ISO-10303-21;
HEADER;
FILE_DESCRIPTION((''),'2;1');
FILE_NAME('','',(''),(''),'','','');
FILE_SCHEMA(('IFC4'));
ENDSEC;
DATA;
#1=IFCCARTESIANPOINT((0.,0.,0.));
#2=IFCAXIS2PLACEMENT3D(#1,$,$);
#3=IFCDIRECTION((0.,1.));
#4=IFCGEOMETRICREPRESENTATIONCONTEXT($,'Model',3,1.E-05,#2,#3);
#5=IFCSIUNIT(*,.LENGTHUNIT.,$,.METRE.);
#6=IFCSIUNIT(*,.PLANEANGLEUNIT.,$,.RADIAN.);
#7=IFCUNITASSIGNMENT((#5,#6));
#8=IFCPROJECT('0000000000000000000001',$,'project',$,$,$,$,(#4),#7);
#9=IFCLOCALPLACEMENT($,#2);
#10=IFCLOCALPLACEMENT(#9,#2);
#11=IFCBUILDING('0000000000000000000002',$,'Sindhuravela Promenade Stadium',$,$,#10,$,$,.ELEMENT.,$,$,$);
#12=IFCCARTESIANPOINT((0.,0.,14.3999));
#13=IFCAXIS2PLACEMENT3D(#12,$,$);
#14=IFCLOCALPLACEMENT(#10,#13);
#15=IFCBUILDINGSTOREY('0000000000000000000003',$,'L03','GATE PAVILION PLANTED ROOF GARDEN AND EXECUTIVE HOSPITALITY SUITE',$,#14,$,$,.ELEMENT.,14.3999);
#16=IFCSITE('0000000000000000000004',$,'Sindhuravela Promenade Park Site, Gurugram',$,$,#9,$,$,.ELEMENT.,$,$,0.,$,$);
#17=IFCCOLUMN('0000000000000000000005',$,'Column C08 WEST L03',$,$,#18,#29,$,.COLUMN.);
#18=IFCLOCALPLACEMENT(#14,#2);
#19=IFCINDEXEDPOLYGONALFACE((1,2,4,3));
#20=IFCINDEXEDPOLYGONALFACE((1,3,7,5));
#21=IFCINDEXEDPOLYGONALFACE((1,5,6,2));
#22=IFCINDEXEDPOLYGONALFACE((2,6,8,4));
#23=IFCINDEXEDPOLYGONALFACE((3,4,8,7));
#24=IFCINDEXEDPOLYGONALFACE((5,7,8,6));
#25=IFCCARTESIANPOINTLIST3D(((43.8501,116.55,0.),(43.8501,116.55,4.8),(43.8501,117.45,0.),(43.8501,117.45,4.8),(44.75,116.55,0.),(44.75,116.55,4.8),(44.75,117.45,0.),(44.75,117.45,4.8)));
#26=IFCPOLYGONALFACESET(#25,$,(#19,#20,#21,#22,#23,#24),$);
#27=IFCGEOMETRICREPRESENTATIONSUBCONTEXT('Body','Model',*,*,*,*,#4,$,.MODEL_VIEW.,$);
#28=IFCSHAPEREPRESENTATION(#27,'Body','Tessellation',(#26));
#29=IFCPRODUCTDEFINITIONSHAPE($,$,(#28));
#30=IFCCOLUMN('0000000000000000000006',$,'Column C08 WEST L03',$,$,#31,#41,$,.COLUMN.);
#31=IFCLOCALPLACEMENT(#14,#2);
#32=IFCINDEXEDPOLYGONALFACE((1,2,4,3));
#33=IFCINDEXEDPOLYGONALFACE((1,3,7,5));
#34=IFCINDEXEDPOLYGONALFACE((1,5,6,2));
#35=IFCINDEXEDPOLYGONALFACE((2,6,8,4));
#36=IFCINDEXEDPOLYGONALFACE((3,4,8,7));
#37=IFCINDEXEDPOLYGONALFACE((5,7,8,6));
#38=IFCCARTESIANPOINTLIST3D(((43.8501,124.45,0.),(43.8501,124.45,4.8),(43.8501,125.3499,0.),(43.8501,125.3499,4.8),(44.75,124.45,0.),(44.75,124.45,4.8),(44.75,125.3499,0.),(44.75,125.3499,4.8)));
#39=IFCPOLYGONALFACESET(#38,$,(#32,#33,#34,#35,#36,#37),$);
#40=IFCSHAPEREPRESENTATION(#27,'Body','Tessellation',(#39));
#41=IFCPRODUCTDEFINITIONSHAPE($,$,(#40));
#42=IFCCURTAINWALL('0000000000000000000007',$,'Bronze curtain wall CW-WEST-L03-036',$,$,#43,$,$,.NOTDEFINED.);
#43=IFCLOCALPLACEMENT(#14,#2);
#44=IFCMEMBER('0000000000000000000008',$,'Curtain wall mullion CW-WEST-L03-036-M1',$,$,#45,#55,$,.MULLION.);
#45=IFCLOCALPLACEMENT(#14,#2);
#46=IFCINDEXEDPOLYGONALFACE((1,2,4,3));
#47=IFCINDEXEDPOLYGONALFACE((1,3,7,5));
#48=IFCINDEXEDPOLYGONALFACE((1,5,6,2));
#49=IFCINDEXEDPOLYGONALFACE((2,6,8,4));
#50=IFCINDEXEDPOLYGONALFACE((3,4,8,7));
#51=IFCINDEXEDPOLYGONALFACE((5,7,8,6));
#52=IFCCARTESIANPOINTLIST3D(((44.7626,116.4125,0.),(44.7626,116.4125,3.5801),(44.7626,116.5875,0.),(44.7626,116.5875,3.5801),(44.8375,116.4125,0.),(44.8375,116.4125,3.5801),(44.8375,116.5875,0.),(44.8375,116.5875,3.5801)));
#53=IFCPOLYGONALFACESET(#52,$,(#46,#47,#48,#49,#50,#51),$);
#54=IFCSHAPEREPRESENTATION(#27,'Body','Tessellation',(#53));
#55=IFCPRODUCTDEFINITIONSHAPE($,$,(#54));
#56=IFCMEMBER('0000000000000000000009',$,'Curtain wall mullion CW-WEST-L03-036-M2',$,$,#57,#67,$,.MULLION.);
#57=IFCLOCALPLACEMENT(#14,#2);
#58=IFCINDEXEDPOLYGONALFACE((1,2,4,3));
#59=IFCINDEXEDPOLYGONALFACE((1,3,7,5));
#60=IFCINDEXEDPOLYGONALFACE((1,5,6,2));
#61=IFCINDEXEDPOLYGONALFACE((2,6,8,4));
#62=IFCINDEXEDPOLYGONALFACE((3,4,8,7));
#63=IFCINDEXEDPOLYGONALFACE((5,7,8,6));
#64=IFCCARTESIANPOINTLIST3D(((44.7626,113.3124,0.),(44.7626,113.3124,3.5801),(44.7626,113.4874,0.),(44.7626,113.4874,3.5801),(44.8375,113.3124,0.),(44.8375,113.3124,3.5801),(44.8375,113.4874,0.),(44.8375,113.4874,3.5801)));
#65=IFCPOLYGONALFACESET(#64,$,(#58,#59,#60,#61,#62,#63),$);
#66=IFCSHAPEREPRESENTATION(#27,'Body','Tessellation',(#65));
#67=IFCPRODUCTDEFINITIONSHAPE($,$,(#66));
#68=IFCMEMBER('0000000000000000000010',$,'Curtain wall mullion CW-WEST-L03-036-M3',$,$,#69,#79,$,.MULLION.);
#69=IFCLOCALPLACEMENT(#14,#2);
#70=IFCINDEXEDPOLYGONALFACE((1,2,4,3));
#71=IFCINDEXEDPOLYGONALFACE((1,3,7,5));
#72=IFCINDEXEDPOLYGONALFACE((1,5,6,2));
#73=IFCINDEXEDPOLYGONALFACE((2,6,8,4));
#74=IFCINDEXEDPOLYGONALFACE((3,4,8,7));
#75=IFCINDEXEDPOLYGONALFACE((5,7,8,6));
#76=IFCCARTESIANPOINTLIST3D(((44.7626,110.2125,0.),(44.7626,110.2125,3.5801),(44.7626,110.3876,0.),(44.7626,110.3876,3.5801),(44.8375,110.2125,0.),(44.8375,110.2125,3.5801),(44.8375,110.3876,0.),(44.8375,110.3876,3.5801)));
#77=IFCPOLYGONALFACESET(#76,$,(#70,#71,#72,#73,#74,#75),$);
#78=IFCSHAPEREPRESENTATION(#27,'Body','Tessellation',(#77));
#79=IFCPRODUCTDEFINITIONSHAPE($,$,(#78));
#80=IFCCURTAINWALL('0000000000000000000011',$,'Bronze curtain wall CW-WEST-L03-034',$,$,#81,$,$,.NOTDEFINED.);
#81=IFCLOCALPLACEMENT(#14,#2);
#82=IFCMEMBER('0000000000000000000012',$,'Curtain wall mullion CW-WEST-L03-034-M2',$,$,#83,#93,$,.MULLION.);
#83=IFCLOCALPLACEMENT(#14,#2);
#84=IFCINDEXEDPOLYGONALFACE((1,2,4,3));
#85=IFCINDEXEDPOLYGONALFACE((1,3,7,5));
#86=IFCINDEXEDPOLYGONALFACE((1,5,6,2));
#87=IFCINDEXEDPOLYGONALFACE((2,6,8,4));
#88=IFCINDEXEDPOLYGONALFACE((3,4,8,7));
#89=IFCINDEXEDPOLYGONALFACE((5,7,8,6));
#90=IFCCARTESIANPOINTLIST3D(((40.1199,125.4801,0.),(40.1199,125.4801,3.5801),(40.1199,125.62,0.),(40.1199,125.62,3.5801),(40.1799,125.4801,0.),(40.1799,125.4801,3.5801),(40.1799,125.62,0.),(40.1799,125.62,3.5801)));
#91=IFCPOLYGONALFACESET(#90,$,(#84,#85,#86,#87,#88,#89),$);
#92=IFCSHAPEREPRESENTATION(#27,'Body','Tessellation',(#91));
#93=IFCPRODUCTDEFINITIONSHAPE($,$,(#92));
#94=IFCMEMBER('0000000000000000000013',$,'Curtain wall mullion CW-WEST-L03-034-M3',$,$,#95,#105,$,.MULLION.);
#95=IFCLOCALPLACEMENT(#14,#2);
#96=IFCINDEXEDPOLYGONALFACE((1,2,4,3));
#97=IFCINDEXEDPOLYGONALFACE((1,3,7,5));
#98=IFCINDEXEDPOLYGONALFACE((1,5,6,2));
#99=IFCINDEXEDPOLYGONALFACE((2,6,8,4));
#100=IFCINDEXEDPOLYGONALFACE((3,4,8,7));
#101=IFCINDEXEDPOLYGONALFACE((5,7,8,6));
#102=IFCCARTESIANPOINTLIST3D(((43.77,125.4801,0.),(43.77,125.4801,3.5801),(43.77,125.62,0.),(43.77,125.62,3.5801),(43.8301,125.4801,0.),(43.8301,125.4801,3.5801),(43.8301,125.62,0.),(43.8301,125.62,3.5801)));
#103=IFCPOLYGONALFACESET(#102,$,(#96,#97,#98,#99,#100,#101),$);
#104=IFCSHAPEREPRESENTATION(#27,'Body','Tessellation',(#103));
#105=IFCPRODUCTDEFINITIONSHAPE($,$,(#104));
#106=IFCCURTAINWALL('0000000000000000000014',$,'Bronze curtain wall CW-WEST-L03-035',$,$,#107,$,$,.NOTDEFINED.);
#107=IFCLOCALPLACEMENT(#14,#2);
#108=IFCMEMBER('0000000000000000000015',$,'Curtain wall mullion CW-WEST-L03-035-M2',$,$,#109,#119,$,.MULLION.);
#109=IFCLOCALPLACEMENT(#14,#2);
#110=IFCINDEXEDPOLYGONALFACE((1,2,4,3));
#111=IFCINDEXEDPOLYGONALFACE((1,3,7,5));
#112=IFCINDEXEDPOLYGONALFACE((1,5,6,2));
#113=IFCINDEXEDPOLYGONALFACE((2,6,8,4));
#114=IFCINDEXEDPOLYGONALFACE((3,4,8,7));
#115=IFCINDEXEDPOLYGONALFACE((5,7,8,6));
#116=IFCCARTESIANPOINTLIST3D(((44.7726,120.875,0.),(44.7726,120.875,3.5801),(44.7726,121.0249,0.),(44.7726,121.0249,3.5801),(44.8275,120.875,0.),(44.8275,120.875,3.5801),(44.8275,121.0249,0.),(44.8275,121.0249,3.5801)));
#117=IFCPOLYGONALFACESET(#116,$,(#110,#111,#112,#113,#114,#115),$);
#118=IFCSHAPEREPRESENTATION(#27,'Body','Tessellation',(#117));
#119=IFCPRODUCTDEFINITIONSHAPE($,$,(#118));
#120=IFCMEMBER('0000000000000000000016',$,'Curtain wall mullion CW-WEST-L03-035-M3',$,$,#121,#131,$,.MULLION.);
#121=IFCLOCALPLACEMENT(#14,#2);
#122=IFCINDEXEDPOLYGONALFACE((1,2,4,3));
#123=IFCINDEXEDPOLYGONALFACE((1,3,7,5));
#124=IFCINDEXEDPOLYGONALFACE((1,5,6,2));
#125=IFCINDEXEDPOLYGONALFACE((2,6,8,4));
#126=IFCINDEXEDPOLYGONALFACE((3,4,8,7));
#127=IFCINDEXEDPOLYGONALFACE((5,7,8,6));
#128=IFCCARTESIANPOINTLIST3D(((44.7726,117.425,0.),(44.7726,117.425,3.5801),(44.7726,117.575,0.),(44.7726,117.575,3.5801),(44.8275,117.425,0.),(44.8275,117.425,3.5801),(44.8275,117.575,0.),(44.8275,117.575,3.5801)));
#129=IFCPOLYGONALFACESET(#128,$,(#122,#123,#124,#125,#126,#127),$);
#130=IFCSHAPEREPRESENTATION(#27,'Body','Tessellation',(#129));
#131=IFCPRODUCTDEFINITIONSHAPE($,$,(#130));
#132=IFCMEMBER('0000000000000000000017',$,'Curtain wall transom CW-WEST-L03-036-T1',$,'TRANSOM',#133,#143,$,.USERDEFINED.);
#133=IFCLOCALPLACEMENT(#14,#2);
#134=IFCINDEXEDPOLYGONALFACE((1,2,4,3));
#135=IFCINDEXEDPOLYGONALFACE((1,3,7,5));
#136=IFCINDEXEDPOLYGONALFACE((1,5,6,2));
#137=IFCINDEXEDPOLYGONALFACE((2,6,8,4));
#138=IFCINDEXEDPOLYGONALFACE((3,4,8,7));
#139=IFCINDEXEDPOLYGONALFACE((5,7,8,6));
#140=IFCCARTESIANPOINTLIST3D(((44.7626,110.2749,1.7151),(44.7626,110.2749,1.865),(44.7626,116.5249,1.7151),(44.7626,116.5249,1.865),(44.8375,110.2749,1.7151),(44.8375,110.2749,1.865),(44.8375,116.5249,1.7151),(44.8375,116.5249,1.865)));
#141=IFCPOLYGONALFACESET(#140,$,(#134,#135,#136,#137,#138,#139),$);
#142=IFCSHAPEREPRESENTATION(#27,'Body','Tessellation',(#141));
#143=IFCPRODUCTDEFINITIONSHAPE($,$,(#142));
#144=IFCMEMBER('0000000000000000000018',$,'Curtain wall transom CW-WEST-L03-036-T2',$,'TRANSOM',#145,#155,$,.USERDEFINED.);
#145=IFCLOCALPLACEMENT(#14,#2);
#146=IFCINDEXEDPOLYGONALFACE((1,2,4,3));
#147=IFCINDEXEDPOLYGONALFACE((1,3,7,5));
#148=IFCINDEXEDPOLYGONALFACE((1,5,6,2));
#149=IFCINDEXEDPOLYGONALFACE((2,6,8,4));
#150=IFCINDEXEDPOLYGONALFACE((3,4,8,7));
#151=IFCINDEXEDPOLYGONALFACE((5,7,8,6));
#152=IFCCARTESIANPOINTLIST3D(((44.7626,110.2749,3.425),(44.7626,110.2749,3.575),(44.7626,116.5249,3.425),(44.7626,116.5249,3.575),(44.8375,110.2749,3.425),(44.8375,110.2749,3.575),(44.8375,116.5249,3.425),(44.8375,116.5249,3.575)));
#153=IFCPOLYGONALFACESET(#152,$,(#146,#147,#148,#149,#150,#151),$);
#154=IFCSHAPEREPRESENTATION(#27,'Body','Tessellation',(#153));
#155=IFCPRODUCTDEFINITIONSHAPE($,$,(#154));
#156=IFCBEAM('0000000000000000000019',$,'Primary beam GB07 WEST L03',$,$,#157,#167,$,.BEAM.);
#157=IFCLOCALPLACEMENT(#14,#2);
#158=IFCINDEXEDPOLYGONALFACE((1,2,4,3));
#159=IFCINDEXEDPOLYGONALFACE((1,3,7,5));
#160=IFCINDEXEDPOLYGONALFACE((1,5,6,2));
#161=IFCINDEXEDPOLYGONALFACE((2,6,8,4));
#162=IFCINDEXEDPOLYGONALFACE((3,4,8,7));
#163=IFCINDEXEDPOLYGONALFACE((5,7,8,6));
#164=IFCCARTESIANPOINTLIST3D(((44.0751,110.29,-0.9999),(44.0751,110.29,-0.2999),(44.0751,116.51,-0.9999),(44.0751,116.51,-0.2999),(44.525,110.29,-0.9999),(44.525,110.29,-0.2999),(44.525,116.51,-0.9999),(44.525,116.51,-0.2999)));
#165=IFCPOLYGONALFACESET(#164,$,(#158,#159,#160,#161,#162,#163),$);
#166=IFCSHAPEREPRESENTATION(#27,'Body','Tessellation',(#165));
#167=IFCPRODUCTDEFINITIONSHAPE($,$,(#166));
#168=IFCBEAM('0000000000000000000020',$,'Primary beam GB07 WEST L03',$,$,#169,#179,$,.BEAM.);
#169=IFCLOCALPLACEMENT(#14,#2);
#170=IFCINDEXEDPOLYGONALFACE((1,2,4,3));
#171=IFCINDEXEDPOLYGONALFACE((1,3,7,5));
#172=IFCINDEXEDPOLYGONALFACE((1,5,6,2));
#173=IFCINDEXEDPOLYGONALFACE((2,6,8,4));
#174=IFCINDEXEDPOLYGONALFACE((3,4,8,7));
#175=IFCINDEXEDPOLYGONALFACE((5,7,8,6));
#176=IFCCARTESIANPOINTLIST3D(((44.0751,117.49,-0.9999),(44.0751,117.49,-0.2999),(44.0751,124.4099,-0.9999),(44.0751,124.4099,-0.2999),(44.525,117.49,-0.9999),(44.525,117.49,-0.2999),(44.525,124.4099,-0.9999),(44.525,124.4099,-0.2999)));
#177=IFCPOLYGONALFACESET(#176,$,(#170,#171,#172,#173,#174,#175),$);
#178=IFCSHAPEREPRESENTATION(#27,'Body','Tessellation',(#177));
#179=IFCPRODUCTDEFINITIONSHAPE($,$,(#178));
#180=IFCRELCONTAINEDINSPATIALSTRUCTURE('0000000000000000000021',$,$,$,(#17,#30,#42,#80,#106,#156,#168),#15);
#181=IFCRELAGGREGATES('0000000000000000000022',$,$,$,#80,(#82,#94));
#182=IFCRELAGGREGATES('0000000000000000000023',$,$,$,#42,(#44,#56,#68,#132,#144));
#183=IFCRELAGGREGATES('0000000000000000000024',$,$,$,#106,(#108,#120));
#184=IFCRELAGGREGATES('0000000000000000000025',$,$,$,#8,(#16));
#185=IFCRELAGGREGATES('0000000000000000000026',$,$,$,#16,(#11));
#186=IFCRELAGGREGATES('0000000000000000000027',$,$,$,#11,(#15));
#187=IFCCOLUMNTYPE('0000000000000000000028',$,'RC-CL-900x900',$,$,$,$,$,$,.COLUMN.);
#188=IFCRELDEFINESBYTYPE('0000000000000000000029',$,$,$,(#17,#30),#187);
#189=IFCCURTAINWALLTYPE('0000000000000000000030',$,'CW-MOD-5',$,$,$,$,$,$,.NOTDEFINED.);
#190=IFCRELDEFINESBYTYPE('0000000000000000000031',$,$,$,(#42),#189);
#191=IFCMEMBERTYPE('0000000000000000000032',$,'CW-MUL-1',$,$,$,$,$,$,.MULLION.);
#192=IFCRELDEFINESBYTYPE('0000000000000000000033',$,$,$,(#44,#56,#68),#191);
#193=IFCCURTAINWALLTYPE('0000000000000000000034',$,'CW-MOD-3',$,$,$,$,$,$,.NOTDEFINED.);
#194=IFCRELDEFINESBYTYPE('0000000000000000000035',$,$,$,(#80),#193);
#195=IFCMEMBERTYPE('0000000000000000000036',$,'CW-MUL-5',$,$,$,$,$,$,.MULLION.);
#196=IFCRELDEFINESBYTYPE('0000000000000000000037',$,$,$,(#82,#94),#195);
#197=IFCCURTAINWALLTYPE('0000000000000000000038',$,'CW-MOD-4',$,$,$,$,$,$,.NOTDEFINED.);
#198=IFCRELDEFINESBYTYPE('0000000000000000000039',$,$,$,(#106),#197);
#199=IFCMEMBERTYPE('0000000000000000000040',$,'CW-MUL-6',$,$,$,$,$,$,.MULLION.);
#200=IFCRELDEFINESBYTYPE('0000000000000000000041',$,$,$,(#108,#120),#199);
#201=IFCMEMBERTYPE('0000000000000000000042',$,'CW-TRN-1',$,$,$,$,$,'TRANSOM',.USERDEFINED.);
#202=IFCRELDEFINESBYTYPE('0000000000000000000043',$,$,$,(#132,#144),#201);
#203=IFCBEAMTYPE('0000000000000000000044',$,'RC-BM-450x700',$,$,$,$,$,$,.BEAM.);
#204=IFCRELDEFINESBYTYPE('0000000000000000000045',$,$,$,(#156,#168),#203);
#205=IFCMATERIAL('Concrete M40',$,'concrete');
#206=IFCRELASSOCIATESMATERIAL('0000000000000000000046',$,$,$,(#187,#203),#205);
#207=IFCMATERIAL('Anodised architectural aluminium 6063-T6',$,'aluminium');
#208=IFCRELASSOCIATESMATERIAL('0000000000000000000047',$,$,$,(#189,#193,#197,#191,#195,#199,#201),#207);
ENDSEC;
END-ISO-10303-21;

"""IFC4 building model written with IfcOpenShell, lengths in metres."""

from ifc_helpers import new_model, si_unit, direction, frame, origin, origin_2d, place, context, subcontext, project, spatial, rectangle, extrude, material, material_profile, profile_set, type_object, element, aggregate, save


model = new_model("IFC4")

# Units and contexts
model_context = context("Model", 3, precision=1e-05, world=origin(), true_north=direction((0.0, 1.0)))
body_context = subcontext(model_context, "Body", "Model", "MODEL_VIEW")
ifc_project = project(units=[si_unit("LENGTHUNIT", "METRE"), si_unit("PLANEANGLEUNIT", "RADIAN")], contexts=[model_context])

# Site, building, storey
site_placement = place(None, origin())
site = spatial("IfcSite", under=ifc_project, at=site_placement, Name="Sindhuravela Promenade Park Site, Gurugram", CompositionType="ELEMENT", RefElevation=0.0)
building_placement = place(site_placement, origin())
building = spatial("IfcBuilding", under=site, at=building_placement, Name="Sindhuravela Promenade Stadium", CompositionType="ELEMENT")
storey_placement = place(building_placement, frame((0.0, 0.0, 14.3999)))
storey = spatial("IfcBuildingStorey", under=building, at=storey_placement, Name="L03", Description="GATE PAVILION PLANTED ROOF GARDEN AND EXECUTIVE HOSPITALITY SUITE", CompositionType="ELEMENT", Elevation=14.3999)

# Columns
ifc_material_1 = material(Name="Concrete M40", Category="concrete")
ifc_material_profile_1 = material_profile(ifc_material_1, rectangle(XDim=0.8999, YDim=0.8999, at=origin_2d()), Name="RC 900x900")
ifc_profile_set_1 = profile_set([ifc_material_profile_1], Name="Concrete M40")
column_type = type_object("IfcColumnType", Name="RC-CL-900x900", PredefinedType="COLUMN", material=ifc_profile_set_1)
for number, where, z_axis, x_axis, name in (
    (1, (44.3, 117.0, 0.0), (0.0, 0.0, 1.0), (1.0, 0.0, 0.0), "Column C08 WEST L03"),
    (2, (44.3, 124.8999, 0.0), (0.0, 0.0, 1.0), (1.0, 0.0, 0.0), "Column C08 WEST L03"),
):
    element("IfcColumn", number, at=place(storey_placement, frame(where, z_axis=z_axis, x_axis=x_axis)), inside=storey, type_object=column_type, Name=name, PredefinedType="COLUMN", context=body_context, shape_type="SweptSolid", body=[
        extrude(rectangle(XDim=0.8999, YDim=0.8999, at=origin_2d()), origin(), (0.0, 0.0, 1.0), 4.8),
    ])

# Curtain walls, members
ifc_material_2 = material(Name="Anodised architectural aluminium 6063-T6", Category="aluminium")
curtain_wall_type_1 = type_object("IfcCurtainWallType", Name="CW-MOD-5", PredefinedType="NOTDEFINED", material=ifc_material_2)
curtain_wall_1_placement = place(storey_placement, origin())
curtain_wall_1 = element("IfcCurtainWall", 3, at=curtain_wall_1_placement, inside=storey, type_object=curtain_wall_type_1, Name="Bronze curtain wall CW-WEST-L03-036", PredefinedType="NOTDEFINED")
ifc_material_profile_2 = material_profile(ifc_material_2, rectangle(XDim=0.075, YDim=0.175, at=origin_2d()), Name="ALU MULL 75x175")
ifc_profile_set_2 = profile_set([ifc_material_profile_2], Name="Anodised architectural aluminium 6063-T6")
member_type_1 = type_object("IfcMemberType", Name="CW-MUL-1", PredefinedType="MULLION", material=ifc_profile_set_2)
member_1_placement = place(storey_placement, frame((44.8, 116.5, 0.0), z_axis=(0.0, 0.0, 1.0), x_axis=(1.0, 0.0, 0.0)))
member_1 = element("IfcMember", 4, at=member_1_placement, type_object=member_type_1, Name="Curtain wall mullion CW-WEST-L03-036-M1", PredefinedType="MULLION", context=body_context, shape_type="SweptSolid", body=[
    extrude(rectangle(XDim=0.075, YDim=0.175, at=origin_2d()), origin(), (0.0, 0.0, 1.0), 3.5801),
])
member_2_placement = place(storey_placement, frame((44.8, 113.3999, 0.0), z_axis=(0.0, 0.0, 1.0), x_axis=(1.0, 0.0, 0.0)))
member_2 = element("IfcMember", 5, at=member_2_placement, type_object=member_type_1, Name="Curtain wall mullion CW-WEST-L03-036-M2", PredefinedType="MULLION", context=body_context, shape_type="SweptSolid", body=[
    extrude(rectangle(XDim=0.075, YDim=0.175, at=origin_2d()), origin(), (0.0, 0.0, 1.0), 3.5801),
])
member_3_placement = place(storey_placement, frame((44.8, 110.3, 0.0), z_axis=(0.0, 0.0, 1.0), x_axis=(1.0, 0.0, 0.0)))
member_3 = element("IfcMember", 6, at=member_3_placement, type_object=member_type_1, Name="Curtain wall mullion CW-WEST-L03-036-M3", PredefinedType="MULLION", context=body_context, shape_type="SweptSolid", body=[
    extrude(rectangle(XDim=0.075, YDim=0.175, at=origin_2d()), origin(), (0.0, 0.0, 1.0), 3.5801),
])
curtain_wall_type_2 = type_object("IfcCurtainWallType", Name="CW-MOD-3", PredefinedType="NOTDEFINED", material=ifc_material_2)
curtain_wall_2_placement = place(storey_placement, origin())
curtain_wall_2 = element("IfcCurtainWall", 7, at=curtain_wall_2_placement, inside=storey, type_object=curtain_wall_type_2, Name="Bronze curtain wall CW-WEST-L03-034", PredefinedType="NOTDEFINED")
ifc_material_profile_3 = material_profile(ifc_material_2, rectangle(XDim=0.0601, YDim=0.1399, at=origin_2d()), Name="ALU M60x140")
ifc_profile_set_3 = profile_set([ifc_material_profile_3], Name="Anodised architectural aluminium 6063-T6")
member_type_2 = type_object("IfcMemberType", Name="CW-MUL-5", PredefinedType="MULLION", material=ifc_profile_set_3)
member_4_placement = place(storey_placement, frame((40.1499, 125.55, 0.0), z_axis=(0.0, 0.0, 1.0), x_axis=(1.0, 0.0, 0.0)))
member_4 = element("IfcMember", 8, at=member_4_placement, type_object=member_type_2, Name="Curtain wall mullion CW-WEST-L03-034-M2", PredefinedType="MULLION", context=body_context, shape_type="SweptSolid", body=[
    extrude(rectangle(XDim=0.0601, YDim=0.1399, at=origin_2d()), origin(), (0.0, 0.0, 1.0), 3.5801),
])
member_5_placement = place(storey_placement, frame((43.8, 125.55, 0.0), z_axis=(0.0, 0.0, 1.0), x_axis=(1.0, 0.0, 0.0)))
member_5 = element("IfcMember", 9, at=member_5_placement, type_object=member_type_2, Name="Curtain wall mullion CW-WEST-L03-034-M3", PredefinedType="MULLION", context=body_context, shape_type="SweptSolid", body=[
    extrude(rectangle(XDim=0.0601, YDim=0.1399, at=origin_2d()), origin(), (0.0, 0.0, 1.0), 3.5801),
])
curtain_wall_type_3 = type_object("IfcCurtainWallType", Name="CW-MOD-4", PredefinedType="NOTDEFINED", material=ifc_material_2)
curtain_wall_3_placement = place(storey_placement, origin())
curtain_wall_3 = element("IfcCurtainWall", 10, at=curtain_wall_3_placement, inside=storey, type_object=curtain_wall_type_3, Name="Bronze curtain wall CW-WEST-L03-035", PredefinedType="NOTDEFINED")
ifc_material_profile_4 = material_profile(ifc_material_2, rectangle(XDim=0.0549, YDim=0.1499, at=origin_2d()), Name="ALU M55x150")
ifc_profile_set_4 = profile_set([ifc_material_profile_4], Name="Anodised architectural aluminium 6063-T6")
member_type_3 = type_object("IfcMemberType", Name="CW-MUL-6", PredefinedType="MULLION", material=ifc_profile_set_4)
member_6_placement = place(storey_placement, frame((44.8, 120.95, 0.0), z_axis=(0.0, 0.0, 1.0), x_axis=(1.0, 0.0, 0.0)))
member_6 = element("IfcMember", 11, at=member_6_placement, type_object=member_type_3, Name="Curtain wall mullion CW-WEST-L03-035-M2", PredefinedType="MULLION", context=body_context, shape_type="SweptSolid", body=[
    extrude(rectangle(XDim=0.0549, YDim=0.1499, at=origin_2d()), origin(), (0.0, 0.0, 1.0), 3.5801),
])
member_7_placement = place(storey_placement, frame((44.8, 117.5, 0.0), z_axis=(0.0, 0.0, 1.0), x_axis=(1.0, 0.0, 0.0)))
member_7 = element("IfcMember", 12, at=member_7_placement, type_object=member_type_3, Name="Curtain wall mullion CW-WEST-L03-035-M3", PredefinedType="MULLION", context=body_context, shape_type="SweptSolid", body=[
    extrude(rectangle(XDim=0.0549, YDim=0.1499, at=origin_2d()), origin(), (0.0, 0.0, 1.0), 3.5801),
])

# Members
ifc_material_profile_5 = material_profile(ifc_material_2, rectangle(XDim=0.075, YDim=0.1499, at=origin_2d()), Name="ALU TRAN 75x150")
ifc_profile_set_5 = profile_set([ifc_material_profile_5], Name="Anodised architectural aluminium 6063-T6")
member_type_4 = type_object("IfcMemberType", Name="CW-TRN-1", ElementType="TRANSOM", PredefinedType="USERDEFINED", material=ifc_profile_set_5)
member_8_placement = place(storey_placement, frame((44.8, 116.5249, 1.79), z_axis=(0.0, -1.0, 0.0), x_axis=(1.0, 0.0, 0.0)))
member_8 = element("IfcMember", 13, at=member_8_placement, type_object=member_type_4, Name="Curtain wall transom CW-WEST-L03-036-T1", ObjectType="TRANSOM", PredefinedType="USERDEFINED", context=body_context, shape_type="SweptSolid", body=[
    extrude(rectangle(XDim=0.075, YDim=0.1499, at=origin_2d()), origin(), (0.0, 0.0, 1.0), 6.25),
])
member_9_placement = place(storey_placement, frame((44.8, 116.5249, 3.5), z_axis=(0.0, -1.0, 0.0), x_axis=(1.0, 0.0, 0.0)))
member_9 = element("IfcMember", 14, at=member_9_placement, type_object=member_type_4, Name="Curtain wall transom CW-WEST-L03-036-T2", ObjectType="TRANSOM", PredefinedType="USERDEFINED", context=body_context, shape_type="SweptSolid", body=[
    extrude(rectangle(XDim=0.075, YDim=0.1499, at=origin_2d()), origin(), (0.0, 0.0, 1.0), 6.25),
])

# Beams
ifc_material_profile_6 = material_profile(ifc_material_1, rectangle(XDim=0.45, YDim=0.7, at=origin_2d()), Name="RC 450x700")
ifc_profile_set_6 = profile_set([ifc_material_profile_6], Name="Concrete M40")
beam_type_1 = type_object("IfcBeamType", Name="RC-BM-450x700", PredefinedType="BEAM", material=ifc_profile_set_6)
beam_1_placement = place(storey_placement, frame((44.3, 110.29, -0.6499), z_axis=(0.0, 1.0, 0.0), x_axis=(-1.0, 0.0, 0.0)))
element("IfcBeam", 15, at=beam_1_placement, inside=storey, type_object=beam_type_1, Name="Primary beam GB07 WEST L03", PredefinedType="BEAM", context=body_context, shape_type="SweptSolid", body=[
    extrude(rectangle(XDim=0.45, YDim=0.7, at=origin_2d()), origin(), (0.0, 0.0, 1.0), 6.22),
])
beam_2_placement = place(storey_placement, frame((44.3, 117.49, -0.6499), z_axis=(0.0, 1.0, 0.0), x_axis=(-1.0, 0.0, 0.0)))
element("IfcBeam", 16, at=beam_2_placement, inside=storey, type_object=beam_type_1, Name="Primary beam GB07 WEST L03", PredefinedType="BEAM", context=body_context, shape_type="SweptSolid", body=[
    extrude(rectangle(XDim=0.45, YDim=0.7, at=origin_2d()), origin(), (0.0, 0.0, 1.0), 6.9199),
])

aggregate(curtain_wall_2, [member_4, member_5])
aggregate(curtain_wall_1, [member_1, member_2, member_3, member_8, member_9])
aggregate(curtain_wall_3, [member_6, member_7])

save(model, "model.ifc")
